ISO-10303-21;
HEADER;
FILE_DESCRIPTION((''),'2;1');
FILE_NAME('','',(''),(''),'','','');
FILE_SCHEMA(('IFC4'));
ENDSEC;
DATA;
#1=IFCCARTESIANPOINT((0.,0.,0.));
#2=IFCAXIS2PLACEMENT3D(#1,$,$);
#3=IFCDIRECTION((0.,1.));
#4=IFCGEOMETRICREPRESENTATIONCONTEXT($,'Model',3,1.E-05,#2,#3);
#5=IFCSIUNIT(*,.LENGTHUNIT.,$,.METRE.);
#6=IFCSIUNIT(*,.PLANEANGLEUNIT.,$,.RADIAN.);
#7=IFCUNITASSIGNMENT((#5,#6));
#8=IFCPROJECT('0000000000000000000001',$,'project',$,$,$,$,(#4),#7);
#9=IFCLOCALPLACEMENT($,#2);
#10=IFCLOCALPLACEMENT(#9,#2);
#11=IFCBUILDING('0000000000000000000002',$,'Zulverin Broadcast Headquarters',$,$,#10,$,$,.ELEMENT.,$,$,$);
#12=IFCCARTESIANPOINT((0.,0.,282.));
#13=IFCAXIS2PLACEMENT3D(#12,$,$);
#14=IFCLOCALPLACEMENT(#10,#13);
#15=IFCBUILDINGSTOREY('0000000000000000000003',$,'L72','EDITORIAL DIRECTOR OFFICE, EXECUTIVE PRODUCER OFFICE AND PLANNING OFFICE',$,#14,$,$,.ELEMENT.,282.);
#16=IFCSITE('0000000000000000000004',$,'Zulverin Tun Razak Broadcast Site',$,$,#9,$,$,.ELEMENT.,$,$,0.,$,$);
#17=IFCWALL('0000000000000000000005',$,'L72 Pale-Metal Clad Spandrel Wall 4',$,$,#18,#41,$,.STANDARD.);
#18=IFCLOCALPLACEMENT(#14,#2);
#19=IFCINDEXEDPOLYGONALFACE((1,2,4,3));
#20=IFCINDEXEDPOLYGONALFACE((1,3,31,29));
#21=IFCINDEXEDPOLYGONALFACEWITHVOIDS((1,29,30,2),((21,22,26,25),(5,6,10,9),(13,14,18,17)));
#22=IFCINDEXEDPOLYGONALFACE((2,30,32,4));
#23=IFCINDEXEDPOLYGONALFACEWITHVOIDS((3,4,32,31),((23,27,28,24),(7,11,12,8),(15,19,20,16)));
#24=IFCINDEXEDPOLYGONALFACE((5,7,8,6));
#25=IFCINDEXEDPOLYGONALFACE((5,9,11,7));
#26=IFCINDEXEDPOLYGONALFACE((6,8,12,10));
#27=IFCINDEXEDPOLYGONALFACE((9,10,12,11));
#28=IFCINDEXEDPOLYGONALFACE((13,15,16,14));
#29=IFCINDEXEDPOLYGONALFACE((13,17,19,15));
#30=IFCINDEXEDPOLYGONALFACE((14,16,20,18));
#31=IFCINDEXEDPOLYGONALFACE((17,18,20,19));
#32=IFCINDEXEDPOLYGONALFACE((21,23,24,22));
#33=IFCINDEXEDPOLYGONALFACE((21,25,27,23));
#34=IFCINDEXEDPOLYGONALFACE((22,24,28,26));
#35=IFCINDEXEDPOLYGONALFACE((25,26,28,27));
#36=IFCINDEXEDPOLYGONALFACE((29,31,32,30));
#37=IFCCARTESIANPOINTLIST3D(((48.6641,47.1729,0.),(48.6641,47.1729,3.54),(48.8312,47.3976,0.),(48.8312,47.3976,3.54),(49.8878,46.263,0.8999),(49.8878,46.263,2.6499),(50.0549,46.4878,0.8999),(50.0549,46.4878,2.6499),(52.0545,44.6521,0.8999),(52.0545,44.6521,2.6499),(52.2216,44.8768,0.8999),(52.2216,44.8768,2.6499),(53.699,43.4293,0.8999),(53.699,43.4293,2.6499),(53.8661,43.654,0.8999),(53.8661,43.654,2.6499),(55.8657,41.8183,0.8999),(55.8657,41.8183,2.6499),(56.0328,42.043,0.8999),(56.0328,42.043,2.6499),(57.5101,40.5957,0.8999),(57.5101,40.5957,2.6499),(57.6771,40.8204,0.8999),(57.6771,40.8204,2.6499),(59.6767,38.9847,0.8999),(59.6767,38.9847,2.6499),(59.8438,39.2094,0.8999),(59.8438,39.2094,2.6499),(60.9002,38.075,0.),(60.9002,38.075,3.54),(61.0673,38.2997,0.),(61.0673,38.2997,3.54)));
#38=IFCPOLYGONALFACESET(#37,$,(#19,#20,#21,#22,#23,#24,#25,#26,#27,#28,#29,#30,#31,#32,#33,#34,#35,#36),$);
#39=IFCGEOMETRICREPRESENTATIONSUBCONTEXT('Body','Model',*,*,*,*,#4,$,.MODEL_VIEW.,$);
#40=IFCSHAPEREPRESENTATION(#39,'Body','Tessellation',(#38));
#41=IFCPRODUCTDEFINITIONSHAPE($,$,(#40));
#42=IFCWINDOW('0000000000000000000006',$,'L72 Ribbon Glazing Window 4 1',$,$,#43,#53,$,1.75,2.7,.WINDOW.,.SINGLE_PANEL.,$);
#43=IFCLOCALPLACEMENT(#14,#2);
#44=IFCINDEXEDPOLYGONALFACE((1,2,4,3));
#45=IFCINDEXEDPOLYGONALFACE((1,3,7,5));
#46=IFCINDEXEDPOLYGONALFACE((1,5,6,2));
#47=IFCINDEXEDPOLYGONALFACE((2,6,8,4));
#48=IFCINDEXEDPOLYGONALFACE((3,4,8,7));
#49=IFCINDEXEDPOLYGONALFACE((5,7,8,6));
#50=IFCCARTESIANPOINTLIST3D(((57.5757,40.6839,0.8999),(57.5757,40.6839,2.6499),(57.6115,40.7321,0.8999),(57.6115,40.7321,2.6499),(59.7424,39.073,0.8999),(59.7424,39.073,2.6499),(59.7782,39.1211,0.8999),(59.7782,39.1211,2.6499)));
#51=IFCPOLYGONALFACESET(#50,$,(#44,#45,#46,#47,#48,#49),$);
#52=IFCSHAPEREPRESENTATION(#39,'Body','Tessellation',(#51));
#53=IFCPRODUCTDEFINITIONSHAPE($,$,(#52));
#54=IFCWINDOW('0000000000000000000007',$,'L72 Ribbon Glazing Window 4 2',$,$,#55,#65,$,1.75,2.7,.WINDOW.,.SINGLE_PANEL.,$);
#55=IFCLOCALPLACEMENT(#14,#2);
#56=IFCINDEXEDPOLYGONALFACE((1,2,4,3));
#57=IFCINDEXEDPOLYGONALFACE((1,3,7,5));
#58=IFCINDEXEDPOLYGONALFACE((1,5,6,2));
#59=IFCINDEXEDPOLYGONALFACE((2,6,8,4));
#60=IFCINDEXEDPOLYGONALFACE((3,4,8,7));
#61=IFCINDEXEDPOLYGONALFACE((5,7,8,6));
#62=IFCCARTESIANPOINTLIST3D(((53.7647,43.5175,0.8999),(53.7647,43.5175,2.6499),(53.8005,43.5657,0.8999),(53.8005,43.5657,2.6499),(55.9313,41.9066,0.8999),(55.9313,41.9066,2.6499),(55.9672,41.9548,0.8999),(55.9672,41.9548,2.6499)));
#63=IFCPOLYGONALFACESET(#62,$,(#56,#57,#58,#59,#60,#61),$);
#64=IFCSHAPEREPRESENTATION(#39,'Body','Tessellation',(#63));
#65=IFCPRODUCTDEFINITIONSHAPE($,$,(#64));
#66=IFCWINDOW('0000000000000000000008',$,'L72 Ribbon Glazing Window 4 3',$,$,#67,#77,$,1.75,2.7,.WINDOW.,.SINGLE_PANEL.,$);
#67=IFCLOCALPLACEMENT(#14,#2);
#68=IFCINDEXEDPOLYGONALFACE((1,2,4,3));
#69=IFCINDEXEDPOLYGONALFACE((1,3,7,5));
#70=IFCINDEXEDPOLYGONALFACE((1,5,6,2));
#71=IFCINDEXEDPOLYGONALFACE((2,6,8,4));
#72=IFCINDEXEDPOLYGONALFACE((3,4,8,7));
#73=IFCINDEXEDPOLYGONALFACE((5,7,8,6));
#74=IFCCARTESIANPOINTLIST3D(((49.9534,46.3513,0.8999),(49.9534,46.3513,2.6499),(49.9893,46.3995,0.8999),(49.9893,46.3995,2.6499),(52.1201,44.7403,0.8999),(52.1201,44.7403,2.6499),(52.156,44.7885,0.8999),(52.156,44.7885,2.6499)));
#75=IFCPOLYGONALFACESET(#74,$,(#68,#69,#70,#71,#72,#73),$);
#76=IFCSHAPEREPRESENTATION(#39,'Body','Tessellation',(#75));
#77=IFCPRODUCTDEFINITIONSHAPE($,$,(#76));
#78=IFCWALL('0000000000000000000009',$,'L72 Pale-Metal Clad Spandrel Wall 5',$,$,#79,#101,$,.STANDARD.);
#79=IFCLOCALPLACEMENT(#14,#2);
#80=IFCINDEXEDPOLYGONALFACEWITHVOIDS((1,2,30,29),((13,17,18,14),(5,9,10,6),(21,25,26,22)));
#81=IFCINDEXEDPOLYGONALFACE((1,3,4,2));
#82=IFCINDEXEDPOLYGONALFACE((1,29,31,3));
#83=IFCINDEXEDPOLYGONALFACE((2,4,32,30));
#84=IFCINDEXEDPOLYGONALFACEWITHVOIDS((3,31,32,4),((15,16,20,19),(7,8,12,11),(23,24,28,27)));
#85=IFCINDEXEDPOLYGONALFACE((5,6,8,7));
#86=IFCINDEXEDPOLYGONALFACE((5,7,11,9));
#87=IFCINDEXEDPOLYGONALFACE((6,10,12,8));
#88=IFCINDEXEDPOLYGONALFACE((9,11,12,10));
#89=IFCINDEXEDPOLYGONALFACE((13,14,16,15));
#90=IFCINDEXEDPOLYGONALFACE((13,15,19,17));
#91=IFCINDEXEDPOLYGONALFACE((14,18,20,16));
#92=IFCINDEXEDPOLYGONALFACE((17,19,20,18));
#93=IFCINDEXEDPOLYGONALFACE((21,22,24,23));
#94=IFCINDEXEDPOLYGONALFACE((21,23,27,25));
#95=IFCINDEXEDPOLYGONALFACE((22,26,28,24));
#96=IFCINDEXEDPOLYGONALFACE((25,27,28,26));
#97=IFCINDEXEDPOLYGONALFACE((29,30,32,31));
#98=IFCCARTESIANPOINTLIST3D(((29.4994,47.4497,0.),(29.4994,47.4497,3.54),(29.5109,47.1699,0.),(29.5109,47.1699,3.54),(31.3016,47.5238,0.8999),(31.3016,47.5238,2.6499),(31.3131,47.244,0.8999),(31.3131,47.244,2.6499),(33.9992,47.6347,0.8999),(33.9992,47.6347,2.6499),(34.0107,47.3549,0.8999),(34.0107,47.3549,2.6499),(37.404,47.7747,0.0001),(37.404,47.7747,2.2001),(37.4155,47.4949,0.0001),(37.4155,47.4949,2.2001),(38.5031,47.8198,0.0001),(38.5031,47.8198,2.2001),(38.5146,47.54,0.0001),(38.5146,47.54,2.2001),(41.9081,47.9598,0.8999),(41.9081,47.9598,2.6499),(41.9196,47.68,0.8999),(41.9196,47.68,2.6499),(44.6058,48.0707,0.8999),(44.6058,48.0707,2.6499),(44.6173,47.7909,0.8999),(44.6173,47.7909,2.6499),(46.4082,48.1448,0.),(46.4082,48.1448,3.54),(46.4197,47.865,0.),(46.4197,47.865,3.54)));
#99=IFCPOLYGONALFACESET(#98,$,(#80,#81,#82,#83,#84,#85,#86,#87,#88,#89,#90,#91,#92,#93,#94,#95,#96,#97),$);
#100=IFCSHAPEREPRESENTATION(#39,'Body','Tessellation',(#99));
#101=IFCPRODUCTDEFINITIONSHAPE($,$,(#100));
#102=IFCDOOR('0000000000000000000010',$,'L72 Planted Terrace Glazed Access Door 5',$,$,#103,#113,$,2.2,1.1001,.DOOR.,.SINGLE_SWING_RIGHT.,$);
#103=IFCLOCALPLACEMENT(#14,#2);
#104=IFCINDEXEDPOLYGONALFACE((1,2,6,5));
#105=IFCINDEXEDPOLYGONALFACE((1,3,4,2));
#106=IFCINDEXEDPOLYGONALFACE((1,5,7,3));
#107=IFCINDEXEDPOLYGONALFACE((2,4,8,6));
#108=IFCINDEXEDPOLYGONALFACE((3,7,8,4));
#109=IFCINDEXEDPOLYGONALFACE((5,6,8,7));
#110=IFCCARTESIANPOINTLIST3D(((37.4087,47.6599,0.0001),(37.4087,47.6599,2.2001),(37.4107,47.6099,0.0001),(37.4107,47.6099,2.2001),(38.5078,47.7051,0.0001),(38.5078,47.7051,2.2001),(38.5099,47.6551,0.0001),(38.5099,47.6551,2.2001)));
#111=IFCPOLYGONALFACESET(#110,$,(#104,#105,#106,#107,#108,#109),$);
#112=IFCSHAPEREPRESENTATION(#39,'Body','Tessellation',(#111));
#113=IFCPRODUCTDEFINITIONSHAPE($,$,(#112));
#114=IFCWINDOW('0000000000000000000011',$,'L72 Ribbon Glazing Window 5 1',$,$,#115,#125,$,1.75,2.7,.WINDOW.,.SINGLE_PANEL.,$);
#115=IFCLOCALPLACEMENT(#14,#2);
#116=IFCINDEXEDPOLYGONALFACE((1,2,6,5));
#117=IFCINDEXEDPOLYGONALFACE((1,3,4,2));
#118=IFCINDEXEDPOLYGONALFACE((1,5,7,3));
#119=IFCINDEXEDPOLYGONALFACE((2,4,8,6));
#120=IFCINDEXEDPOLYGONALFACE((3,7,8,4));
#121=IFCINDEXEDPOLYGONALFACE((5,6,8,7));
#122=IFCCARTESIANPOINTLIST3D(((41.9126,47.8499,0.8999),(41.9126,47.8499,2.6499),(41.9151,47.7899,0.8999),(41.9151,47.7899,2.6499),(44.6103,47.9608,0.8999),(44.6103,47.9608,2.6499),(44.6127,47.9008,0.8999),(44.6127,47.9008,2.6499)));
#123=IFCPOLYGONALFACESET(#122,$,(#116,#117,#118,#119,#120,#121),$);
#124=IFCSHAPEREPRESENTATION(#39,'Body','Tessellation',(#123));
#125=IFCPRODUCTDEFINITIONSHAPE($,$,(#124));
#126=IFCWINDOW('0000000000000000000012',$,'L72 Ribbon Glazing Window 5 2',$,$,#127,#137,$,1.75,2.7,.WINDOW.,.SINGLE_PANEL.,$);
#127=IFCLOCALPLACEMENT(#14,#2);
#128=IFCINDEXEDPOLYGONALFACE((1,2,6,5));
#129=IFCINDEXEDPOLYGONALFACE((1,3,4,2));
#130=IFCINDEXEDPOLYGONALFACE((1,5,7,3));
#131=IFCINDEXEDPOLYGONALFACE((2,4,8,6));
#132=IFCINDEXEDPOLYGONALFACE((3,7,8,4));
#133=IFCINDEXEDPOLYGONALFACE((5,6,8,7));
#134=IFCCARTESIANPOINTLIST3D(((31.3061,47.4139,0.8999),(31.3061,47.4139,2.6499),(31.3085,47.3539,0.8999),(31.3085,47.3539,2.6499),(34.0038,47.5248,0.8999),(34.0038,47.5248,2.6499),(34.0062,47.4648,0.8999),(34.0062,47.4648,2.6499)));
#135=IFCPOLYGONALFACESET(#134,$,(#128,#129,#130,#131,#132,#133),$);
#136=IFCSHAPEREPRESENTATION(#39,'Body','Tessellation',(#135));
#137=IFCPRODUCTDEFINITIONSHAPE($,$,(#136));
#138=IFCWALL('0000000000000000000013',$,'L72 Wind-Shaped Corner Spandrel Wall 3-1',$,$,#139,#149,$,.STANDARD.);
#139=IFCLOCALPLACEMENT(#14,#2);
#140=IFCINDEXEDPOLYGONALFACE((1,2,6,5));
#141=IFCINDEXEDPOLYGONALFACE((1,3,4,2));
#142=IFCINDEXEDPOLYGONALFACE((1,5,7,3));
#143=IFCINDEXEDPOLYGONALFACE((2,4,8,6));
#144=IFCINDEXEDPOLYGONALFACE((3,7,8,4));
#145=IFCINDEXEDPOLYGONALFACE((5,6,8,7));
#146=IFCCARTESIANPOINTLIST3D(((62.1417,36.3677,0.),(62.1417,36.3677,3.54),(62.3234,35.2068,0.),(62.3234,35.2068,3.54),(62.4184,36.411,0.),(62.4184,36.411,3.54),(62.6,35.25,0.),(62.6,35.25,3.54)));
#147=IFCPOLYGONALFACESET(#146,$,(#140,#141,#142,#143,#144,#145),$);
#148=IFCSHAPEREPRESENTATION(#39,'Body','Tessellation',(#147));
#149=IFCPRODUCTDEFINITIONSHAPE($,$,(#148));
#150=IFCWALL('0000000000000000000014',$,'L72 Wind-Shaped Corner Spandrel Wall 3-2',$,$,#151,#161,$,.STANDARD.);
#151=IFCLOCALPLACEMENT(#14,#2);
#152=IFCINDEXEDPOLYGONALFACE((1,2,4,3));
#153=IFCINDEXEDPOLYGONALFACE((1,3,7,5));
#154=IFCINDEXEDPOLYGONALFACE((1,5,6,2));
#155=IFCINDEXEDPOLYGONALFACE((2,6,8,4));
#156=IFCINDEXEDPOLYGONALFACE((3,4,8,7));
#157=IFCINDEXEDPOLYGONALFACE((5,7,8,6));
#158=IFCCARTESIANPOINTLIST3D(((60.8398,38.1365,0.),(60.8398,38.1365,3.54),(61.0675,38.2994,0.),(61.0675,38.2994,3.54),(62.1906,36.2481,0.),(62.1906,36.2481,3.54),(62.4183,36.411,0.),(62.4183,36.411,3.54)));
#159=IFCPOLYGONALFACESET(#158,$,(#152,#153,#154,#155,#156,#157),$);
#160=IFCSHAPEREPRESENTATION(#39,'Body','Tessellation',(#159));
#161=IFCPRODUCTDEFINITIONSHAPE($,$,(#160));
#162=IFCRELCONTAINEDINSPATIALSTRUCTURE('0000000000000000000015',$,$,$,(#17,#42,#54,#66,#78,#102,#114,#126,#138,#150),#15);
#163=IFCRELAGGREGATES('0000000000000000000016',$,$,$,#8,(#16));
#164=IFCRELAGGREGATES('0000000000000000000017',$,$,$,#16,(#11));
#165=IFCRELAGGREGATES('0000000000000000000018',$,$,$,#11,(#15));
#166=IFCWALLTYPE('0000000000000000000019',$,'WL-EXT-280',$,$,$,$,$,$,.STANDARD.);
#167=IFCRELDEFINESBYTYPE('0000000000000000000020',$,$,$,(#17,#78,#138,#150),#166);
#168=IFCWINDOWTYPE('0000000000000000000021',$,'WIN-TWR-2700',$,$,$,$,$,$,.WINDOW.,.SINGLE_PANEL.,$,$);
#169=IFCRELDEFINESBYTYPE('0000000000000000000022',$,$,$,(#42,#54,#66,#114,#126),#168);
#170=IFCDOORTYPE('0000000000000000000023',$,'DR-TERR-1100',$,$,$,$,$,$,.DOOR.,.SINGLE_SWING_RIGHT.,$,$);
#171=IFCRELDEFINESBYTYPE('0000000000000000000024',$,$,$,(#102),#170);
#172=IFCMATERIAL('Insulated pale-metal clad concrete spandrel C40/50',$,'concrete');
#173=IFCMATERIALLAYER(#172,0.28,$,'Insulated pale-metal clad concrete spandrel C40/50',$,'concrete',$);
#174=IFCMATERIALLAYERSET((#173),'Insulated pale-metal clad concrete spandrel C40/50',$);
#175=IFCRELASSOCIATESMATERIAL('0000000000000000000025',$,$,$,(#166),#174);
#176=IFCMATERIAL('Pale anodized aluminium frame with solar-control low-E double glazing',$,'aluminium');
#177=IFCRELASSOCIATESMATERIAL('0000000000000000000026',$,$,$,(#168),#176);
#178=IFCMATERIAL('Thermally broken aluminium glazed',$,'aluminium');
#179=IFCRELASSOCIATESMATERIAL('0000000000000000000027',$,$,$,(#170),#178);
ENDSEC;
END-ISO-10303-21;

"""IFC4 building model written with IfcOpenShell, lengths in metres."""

from ifc_helpers import new_model, si_unit, direction, frame, frame_2d, origin, place, context, subcontext, project, spatial, rectangle, extrude, material, layer, layer_set, type_object, element, fill, save


model = new_model("IFC4")

# Units and contexts
model_context = context("Model", 3, precision=1e-05, world=origin(), true_north=direction((0.0, 1.0)))
body_context = subcontext(model_context, "Body", "Model", "MODEL_VIEW")
ifc_project = project(units=[si_unit("LENGTHUNIT", "METRE"), si_unit("PLANEANGLEUNIT", "RADIAN")], contexts=[model_context])

# Site, building, storey
site_placement = place(None, origin())
site = spatial("IfcSite", under=ifc_project, at=site_placement, Name="Zulverin Tun Razak Broadcast Site", CompositionType="ELEMENT", RefElevation=0.0)
building_placement = place(site_placement, origin())
building = spatial("IfcBuilding", under=site, at=building_placement, Name="Zulverin Broadcast Headquarters", CompositionType="ELEMENT")
storey_placement = place(building_placement, frame((0.0, 0.0, 282.0)))
storey = spatial("IfcBuildingStorey", under=building, at=storey_placement, Name="L72", Description="EDITORIAL DIRECTOR OFFICE, EXECUTIVE PRODUCER OFFICE AND PLANNING OFFICE", CompositionType="ELEMENT", Elevation=282.0)

# Wall, openings, windows
ifc_material_1 = material(Name="Insulated pale-metal clad concrete spandrel C40/50", Category="concrete")
ifc_layer_1 = layer(ifc_material_1, 0.28, Name="Insulated pale-metal clad concrete spandrel C40/50", Category="concrete")
ifc_layer_set_1 = layer_set([ifc_layer_1], Name="Insulated pale-metal clad concrete spandrel C40/50")
wall_type = type_object("IfcWallType", Name="WL-EXT-280", PredefinedType="STANDARD", material=ifc_layer_set_1)
wall_1_placement = place(storey_placement, frame((60.9839, 38.1873, 0.0), z_axis=(0.0, 0.0, 1.0), x_axis=(-0.802485, 0.596672, 0.0)))
wall_1 = element("IfcWall", 1, at=wall_1_placement, inside=storey, type_object=wall_type, Name="L72 Pale-Metal Clad Spandrel Wall 4", PredefinedType="STANDARD", context=body_context, shape_type="SweptSolid", body=[
    extrude(rectangle(XDim=15.2478, YDim=0.28, at=frame_2d((7.624, 0.0))), origin(), (0.0, 0.0, 1.0), 3.54),
])
opening_1_placement = place(wall_1_placement, frame((1.5247, 0.0, 0.8999)))
opening_1 = element("IfcOpeningElement", 2, at=opening_1_placement, cuts=wall_1, PredefinedType="OPENING", context=body_context, shape_type="SweptSolid", body=[
    extrude(rectangle(XDim=2.7, YDim=1.75, at=frame_2d((1.3501, 0.875))), frame((0.0, 0.1499, 0.0), z_axis=(0.0, -1.0, 0.0), x_axis=(1.0, 0.0, 0.0)), (0.0, 0.0, 1.0), 0.3),
])
opening_2_placement = place(wall_1_placement, frame((6.2737, 0.0, 0.8999)))
opening_2 = element("IfcOpeningElement", 3, at=opening_2_placement, cuts=wall_1, PredefinedType="OPENING", context=body_context, shape_type="SweptSolid", body=[
    extrude(rectangle(XDim=2.7, YDim=1.75, at=frame_2d((1.3501, 0.875))), frame((0.0, 0.1499, 0.0), z_axis=(0.0, -1.0, 0.0), x_axis=(1.0, 0.0, 0.0)), (0.0, 0.0, 1.0), 0.3),
])
opening_3_placement = place(wall_1_placement, frame((11.0229, 0.0, 0.8999)))
opening_3 = element("IfcOpeningElement", 4, at=opening_3_placement, cuts=wall_1, PredefinedType="OPENING", context=body_context, shape_type="SweptSolid", body=[
    extrude(rectangle(XDim=2.7, YDim=1.75, at=frame_2d((1.3501, 0.875))), frame((0.0, 0.1499, 0.0), z_axis=(0.0, -1.0, 0.0), x_axis=(1.0, 0.0, 0.0)), (0.0, 0.0, 1.0), 0.3),
])
ifc_material_2 = material(Name="Pale anodized aluminium frame with solar-control low-E double glazing", Category="aluminium")
window_type = type_object("IfcWindowType", Name="WIN-TWR-2700", PartitioningType="SINGLE_PANEL", PredefinedType="WINDOW", material=ifc_material_2)
window_1_placement = place(opening_1_placement, origin())
window_1 = element("IfcWindow", 5, at=window_1_placement, inside=storey, type_object=window_type, Name="L72 Ribbon Glazing Window 4 1", OverallHeight=1.75, OverallWidth=2.7, PartitioningType="SINGLE_PANEL", PredefinedType="WINDOW", context=body_context, shape_type="SweptSolid", body=[
    extrude(rectangle(XDim=2.7, YDim=1.75, at=frame_2d((1.3501, 0.875))), frame((0.0, 0.03, 0.0), z_axis=(0.0, -1.0, 0.0), x_axis=(1.0, 0.0, 0.0)), (0.0, 0.0, 1.0), 0.0601),
])
fill(opening_1, window_1)
window_2_placement = place(opening_2_placement, origin())
window_2 = element("IfcWindow", 6, at=window_2_placement, inside=storey, type_object=window_type, Name="L72 Ribbon Glazing Window 4 2", OverallHeight=1.75, OverallWidth=2.7, PartitioningType="SINGLE_PANEL", PredefinedType="WINDOW", context=body_context, shape_type="SweptSolid", body=[
    extrude(rectangle(XDim=2.7, YDim=1.75, at=frame_2d((1.3501, 0.875))), frame((0.0, 0.03, 0.0), z_axis=(0.0, -1.0, 0.0), x_axis=(1.0, 0.0, 0.0)), (0.0, 0.0, 1.0), 0.0601),
])
fill(opening_2, window_2)
window_3_placement = place(opening_3_placement, origin())
window_3 = element("IfcWindow", 7, at=window_3_placement, inside=storey, type_object=window_type, Name="L72 Ribbon Glazing Window 4 3", OverallHeight=1.75, OverallWidth=2.7, PartitioningType="SINGLE_PANEL", PredefinedType="WINDOW", context=body_context, shape_type="SweptSolid", body=[
    extrude(rectangle(XDim=2.7, YDim=1.75, at=frame_2d((1.3501, 0.875))), frame((0.0, 0.03, 0.0), z_axis=(0.0, -1.0, 0.0), x_axis=(1.0, 0.0, 0.0)), (0.0, 0.0, 1.0), 0.0601),
])
fill(opening_3, window_3)

# Wall, openings, door, windows
wall_2_placement = place(storey_placement, frame((46.4138, 48.0049, 0.0), z_axis=(0.0, 0.0, 1.0), x_axis=(-0.999156, -0.041072, 0.0)))
wall_2 = element("IfcWall", 8, at=wall_2_placement, inside=storey, type_object=wall_type, Name="L72 Pale-Metal Clad Spandrel Wall 5", PredefinedType="STANDARD", context=body_context, shape_type="SweptSolid", body=[
    extrude(rectangle(XDim=16.9231, YDim=0.28, at=frame_2d((8.4614, 0.0))), origin(), (0.0, 0.0, 1.0), 3.54),
])
opening_4_placement = place(wall_2_placement, frame((7.9116, 0.0, 0.0)))
opening_4 = element("IfcOpeningElement", 9, at=opening_4_placement, cuts=wall_2, PredefinedType="OPENING", context=body_context, shape_type="SweptSolid", body=[
    extrude(rectangle(XDim=1.1001, YDim=2.2, at=frame_2d((0.55, 1.1001))), frame((0.0, 0.1499, 0.0), z_axis=(0.0, -1.0, 0.0), x_axis=(1.0, 0.0, 0.0)), (0.0, 0.0, 1.0), 0.3),
])
opening_5_placement = place(wall_2_placement, frame((1.8037, 0.0, 0.8999)))
opening_5 = element("IfcOpeningElement", 10, at=opening_5_placement, cuts=wall_2, PredefinedType="OPENING", context=body_context, shape_type="SweptSolid", body=[
    extrude(rectangle(XDim=2.7, YDim=1.75, at=frame_2d((1.3501, 0.875))), frame((0.0, 0.1499, 0.0), z_axis=(0.0, -1.0, 0.0), x_axis=(1.0, 0.0, 0.0)), (0.0, 0.0, 1.0), 0.3),
])
opening_6_placement = place(wall_2_placement, frame((12.4192, 0.0, 0.8999)))
opening_6 = element("IfcOpeningElement", 11, at=opening_6_placement, cuts=wall_2, PredefinedType="OPENING", context=body_context, shape_type="SweptSolid", body=[
    extrude(rectangle(XDim=2.7, YDim=1.75, at=frame_2d((1.3501, 0.875))), frame((0.0, 0.1499, 0.0), z_axis=(0.0, -1.0, 0.0), x_axis=(1.0, 0.0, 0.0)), (0.0, 0.0, 1.0), 0.3),
])
ifc_material_3 = material(Name="Thermally broken aluminium glazed", Category="aluminium")
door_type = type_object("IfcDoorType", Name="DR-TERR-1100", OperationType="SINGLE_SWING_RIGHT", PredefinedType="DOOR", material=ifc_material_3)
door_placement = place(opening_4_placement, origin())
door = element("IfcDoor", 12, at=door_placement, inside=storey, type_object=door_type, Name="L72 Planted Terrace Glazed Access Door 5", OperationType="SINGLE_SWING_RIGHT", OverallHeight=2.2, OverallWidth=1.1001, PredefinedType="DOOR", context=body_context, shape_type="SweptSolid", body=[
    extrude(rectangle(XDim=1.1001, YDim=2.2, at=frame_2d((0.55, 1.1001))), frame((0.0, 0.0249, 0.0), z_axis=(0.0, -1.0, 0.0), x_axis=(1.0, 0.0, 0.0)), (0.0, 0.0, 1.0), 0.05),
])
fill(opening_4, door)
window_4_placement = place(opening_5_placement, origin())
window_4 = element("IfcWindow", 13, at=window_4_placement, inside=storey, type_object=window_type, Name="L72 Ribbon Glazing Window 5 1", OverallHeight=1.75, OverallWidth=2.7, PartitioningType="SINGLE_PANEL", PredefinedType="WINDOW", context=body_context, shape_type="SweptSolid", body=[
    extrude(rectangle(XDim=2.7, YDim=1.75, at=frame_2d((1.3501, 0.875))), frame((0.0, 0.03, 0.0), z_axis=(0.0, -1.0, 0.0), x_axis=(1.0, 0.0, 0.0)), (0.0, 0.0, 1.0), 0.0601),
])
fill(opening_5, window_4)
window_5_placement = place(opening_6_placement, origin())
window_5 = element("IfcWindow", 14, at=window_5_placement, inside=storey, type_object=window_type, Name="L72 Ribbon Glazing Window 5 2", OverallHeight=1.75, OverallWidth=2.7, PartitioningType="SINGLE_PANEL", PredefinedType="WINDOW", context=body_context, shape_type="SweptSolid", body=[
    extrude(rectangle(XDim=2.7, YDim=1.75, at=frame_2d((1.3501, 0.875))), frame((0.0, 0.03, 0.0), z_axis=(0.0, -1.0, 0.0), x_axis=(1.0, 0.0, 0.0)), (0.0, 0.0, 1.0), 0.0601),
])
fill(opening_6, window_5)

# Walls
wall_3_placement = place(storey_placement, frame((62.4617, 35.2285, 0.0), z_axis=(0.0, 0.0, 1.0), x_axis=(-0.154586, 0.987979, 0.0)))
element("IfcWall", 15, at=wall_3_placement, inside=storey, type_object=wall_type, Name="L72 Wind-Shaped Corner Spandrel Wall 3-1", PredefinedType="STANDARD", context=body_context, shape_type="SweptSolid", body=[
    extrude(rectangle(XDim=1.175, YDim=0.28, at=frame_2d((0.5874, 0.0))), origin(), (0.0, 0.0, 1.0), 3.54),
])
wall_4_placement = place(storey_placement, frame((62.3044, 36.3296, 0.0), z_axis=(0.0, 0.0, 1.0), x_axis=(-0.581795, 0.813335, 0.0)))
element("IfcWall", 16, at=wall_4_placement, inside=storey, type_object=wall_type, Name="L72 Wind-Shaped Corner Spandrel Wall 3-2", PredefinedType="STANDARD", context=body_context, shape_type="SweptSolid", body=[
    extrude(rectangle(XDim=2.3218, YDim=0.28, at=frame_2d((1.1609, 0.0))), origin(), (0.0, 0.0, 1.0), 3.54),
])

save(model, "model.ifc")
